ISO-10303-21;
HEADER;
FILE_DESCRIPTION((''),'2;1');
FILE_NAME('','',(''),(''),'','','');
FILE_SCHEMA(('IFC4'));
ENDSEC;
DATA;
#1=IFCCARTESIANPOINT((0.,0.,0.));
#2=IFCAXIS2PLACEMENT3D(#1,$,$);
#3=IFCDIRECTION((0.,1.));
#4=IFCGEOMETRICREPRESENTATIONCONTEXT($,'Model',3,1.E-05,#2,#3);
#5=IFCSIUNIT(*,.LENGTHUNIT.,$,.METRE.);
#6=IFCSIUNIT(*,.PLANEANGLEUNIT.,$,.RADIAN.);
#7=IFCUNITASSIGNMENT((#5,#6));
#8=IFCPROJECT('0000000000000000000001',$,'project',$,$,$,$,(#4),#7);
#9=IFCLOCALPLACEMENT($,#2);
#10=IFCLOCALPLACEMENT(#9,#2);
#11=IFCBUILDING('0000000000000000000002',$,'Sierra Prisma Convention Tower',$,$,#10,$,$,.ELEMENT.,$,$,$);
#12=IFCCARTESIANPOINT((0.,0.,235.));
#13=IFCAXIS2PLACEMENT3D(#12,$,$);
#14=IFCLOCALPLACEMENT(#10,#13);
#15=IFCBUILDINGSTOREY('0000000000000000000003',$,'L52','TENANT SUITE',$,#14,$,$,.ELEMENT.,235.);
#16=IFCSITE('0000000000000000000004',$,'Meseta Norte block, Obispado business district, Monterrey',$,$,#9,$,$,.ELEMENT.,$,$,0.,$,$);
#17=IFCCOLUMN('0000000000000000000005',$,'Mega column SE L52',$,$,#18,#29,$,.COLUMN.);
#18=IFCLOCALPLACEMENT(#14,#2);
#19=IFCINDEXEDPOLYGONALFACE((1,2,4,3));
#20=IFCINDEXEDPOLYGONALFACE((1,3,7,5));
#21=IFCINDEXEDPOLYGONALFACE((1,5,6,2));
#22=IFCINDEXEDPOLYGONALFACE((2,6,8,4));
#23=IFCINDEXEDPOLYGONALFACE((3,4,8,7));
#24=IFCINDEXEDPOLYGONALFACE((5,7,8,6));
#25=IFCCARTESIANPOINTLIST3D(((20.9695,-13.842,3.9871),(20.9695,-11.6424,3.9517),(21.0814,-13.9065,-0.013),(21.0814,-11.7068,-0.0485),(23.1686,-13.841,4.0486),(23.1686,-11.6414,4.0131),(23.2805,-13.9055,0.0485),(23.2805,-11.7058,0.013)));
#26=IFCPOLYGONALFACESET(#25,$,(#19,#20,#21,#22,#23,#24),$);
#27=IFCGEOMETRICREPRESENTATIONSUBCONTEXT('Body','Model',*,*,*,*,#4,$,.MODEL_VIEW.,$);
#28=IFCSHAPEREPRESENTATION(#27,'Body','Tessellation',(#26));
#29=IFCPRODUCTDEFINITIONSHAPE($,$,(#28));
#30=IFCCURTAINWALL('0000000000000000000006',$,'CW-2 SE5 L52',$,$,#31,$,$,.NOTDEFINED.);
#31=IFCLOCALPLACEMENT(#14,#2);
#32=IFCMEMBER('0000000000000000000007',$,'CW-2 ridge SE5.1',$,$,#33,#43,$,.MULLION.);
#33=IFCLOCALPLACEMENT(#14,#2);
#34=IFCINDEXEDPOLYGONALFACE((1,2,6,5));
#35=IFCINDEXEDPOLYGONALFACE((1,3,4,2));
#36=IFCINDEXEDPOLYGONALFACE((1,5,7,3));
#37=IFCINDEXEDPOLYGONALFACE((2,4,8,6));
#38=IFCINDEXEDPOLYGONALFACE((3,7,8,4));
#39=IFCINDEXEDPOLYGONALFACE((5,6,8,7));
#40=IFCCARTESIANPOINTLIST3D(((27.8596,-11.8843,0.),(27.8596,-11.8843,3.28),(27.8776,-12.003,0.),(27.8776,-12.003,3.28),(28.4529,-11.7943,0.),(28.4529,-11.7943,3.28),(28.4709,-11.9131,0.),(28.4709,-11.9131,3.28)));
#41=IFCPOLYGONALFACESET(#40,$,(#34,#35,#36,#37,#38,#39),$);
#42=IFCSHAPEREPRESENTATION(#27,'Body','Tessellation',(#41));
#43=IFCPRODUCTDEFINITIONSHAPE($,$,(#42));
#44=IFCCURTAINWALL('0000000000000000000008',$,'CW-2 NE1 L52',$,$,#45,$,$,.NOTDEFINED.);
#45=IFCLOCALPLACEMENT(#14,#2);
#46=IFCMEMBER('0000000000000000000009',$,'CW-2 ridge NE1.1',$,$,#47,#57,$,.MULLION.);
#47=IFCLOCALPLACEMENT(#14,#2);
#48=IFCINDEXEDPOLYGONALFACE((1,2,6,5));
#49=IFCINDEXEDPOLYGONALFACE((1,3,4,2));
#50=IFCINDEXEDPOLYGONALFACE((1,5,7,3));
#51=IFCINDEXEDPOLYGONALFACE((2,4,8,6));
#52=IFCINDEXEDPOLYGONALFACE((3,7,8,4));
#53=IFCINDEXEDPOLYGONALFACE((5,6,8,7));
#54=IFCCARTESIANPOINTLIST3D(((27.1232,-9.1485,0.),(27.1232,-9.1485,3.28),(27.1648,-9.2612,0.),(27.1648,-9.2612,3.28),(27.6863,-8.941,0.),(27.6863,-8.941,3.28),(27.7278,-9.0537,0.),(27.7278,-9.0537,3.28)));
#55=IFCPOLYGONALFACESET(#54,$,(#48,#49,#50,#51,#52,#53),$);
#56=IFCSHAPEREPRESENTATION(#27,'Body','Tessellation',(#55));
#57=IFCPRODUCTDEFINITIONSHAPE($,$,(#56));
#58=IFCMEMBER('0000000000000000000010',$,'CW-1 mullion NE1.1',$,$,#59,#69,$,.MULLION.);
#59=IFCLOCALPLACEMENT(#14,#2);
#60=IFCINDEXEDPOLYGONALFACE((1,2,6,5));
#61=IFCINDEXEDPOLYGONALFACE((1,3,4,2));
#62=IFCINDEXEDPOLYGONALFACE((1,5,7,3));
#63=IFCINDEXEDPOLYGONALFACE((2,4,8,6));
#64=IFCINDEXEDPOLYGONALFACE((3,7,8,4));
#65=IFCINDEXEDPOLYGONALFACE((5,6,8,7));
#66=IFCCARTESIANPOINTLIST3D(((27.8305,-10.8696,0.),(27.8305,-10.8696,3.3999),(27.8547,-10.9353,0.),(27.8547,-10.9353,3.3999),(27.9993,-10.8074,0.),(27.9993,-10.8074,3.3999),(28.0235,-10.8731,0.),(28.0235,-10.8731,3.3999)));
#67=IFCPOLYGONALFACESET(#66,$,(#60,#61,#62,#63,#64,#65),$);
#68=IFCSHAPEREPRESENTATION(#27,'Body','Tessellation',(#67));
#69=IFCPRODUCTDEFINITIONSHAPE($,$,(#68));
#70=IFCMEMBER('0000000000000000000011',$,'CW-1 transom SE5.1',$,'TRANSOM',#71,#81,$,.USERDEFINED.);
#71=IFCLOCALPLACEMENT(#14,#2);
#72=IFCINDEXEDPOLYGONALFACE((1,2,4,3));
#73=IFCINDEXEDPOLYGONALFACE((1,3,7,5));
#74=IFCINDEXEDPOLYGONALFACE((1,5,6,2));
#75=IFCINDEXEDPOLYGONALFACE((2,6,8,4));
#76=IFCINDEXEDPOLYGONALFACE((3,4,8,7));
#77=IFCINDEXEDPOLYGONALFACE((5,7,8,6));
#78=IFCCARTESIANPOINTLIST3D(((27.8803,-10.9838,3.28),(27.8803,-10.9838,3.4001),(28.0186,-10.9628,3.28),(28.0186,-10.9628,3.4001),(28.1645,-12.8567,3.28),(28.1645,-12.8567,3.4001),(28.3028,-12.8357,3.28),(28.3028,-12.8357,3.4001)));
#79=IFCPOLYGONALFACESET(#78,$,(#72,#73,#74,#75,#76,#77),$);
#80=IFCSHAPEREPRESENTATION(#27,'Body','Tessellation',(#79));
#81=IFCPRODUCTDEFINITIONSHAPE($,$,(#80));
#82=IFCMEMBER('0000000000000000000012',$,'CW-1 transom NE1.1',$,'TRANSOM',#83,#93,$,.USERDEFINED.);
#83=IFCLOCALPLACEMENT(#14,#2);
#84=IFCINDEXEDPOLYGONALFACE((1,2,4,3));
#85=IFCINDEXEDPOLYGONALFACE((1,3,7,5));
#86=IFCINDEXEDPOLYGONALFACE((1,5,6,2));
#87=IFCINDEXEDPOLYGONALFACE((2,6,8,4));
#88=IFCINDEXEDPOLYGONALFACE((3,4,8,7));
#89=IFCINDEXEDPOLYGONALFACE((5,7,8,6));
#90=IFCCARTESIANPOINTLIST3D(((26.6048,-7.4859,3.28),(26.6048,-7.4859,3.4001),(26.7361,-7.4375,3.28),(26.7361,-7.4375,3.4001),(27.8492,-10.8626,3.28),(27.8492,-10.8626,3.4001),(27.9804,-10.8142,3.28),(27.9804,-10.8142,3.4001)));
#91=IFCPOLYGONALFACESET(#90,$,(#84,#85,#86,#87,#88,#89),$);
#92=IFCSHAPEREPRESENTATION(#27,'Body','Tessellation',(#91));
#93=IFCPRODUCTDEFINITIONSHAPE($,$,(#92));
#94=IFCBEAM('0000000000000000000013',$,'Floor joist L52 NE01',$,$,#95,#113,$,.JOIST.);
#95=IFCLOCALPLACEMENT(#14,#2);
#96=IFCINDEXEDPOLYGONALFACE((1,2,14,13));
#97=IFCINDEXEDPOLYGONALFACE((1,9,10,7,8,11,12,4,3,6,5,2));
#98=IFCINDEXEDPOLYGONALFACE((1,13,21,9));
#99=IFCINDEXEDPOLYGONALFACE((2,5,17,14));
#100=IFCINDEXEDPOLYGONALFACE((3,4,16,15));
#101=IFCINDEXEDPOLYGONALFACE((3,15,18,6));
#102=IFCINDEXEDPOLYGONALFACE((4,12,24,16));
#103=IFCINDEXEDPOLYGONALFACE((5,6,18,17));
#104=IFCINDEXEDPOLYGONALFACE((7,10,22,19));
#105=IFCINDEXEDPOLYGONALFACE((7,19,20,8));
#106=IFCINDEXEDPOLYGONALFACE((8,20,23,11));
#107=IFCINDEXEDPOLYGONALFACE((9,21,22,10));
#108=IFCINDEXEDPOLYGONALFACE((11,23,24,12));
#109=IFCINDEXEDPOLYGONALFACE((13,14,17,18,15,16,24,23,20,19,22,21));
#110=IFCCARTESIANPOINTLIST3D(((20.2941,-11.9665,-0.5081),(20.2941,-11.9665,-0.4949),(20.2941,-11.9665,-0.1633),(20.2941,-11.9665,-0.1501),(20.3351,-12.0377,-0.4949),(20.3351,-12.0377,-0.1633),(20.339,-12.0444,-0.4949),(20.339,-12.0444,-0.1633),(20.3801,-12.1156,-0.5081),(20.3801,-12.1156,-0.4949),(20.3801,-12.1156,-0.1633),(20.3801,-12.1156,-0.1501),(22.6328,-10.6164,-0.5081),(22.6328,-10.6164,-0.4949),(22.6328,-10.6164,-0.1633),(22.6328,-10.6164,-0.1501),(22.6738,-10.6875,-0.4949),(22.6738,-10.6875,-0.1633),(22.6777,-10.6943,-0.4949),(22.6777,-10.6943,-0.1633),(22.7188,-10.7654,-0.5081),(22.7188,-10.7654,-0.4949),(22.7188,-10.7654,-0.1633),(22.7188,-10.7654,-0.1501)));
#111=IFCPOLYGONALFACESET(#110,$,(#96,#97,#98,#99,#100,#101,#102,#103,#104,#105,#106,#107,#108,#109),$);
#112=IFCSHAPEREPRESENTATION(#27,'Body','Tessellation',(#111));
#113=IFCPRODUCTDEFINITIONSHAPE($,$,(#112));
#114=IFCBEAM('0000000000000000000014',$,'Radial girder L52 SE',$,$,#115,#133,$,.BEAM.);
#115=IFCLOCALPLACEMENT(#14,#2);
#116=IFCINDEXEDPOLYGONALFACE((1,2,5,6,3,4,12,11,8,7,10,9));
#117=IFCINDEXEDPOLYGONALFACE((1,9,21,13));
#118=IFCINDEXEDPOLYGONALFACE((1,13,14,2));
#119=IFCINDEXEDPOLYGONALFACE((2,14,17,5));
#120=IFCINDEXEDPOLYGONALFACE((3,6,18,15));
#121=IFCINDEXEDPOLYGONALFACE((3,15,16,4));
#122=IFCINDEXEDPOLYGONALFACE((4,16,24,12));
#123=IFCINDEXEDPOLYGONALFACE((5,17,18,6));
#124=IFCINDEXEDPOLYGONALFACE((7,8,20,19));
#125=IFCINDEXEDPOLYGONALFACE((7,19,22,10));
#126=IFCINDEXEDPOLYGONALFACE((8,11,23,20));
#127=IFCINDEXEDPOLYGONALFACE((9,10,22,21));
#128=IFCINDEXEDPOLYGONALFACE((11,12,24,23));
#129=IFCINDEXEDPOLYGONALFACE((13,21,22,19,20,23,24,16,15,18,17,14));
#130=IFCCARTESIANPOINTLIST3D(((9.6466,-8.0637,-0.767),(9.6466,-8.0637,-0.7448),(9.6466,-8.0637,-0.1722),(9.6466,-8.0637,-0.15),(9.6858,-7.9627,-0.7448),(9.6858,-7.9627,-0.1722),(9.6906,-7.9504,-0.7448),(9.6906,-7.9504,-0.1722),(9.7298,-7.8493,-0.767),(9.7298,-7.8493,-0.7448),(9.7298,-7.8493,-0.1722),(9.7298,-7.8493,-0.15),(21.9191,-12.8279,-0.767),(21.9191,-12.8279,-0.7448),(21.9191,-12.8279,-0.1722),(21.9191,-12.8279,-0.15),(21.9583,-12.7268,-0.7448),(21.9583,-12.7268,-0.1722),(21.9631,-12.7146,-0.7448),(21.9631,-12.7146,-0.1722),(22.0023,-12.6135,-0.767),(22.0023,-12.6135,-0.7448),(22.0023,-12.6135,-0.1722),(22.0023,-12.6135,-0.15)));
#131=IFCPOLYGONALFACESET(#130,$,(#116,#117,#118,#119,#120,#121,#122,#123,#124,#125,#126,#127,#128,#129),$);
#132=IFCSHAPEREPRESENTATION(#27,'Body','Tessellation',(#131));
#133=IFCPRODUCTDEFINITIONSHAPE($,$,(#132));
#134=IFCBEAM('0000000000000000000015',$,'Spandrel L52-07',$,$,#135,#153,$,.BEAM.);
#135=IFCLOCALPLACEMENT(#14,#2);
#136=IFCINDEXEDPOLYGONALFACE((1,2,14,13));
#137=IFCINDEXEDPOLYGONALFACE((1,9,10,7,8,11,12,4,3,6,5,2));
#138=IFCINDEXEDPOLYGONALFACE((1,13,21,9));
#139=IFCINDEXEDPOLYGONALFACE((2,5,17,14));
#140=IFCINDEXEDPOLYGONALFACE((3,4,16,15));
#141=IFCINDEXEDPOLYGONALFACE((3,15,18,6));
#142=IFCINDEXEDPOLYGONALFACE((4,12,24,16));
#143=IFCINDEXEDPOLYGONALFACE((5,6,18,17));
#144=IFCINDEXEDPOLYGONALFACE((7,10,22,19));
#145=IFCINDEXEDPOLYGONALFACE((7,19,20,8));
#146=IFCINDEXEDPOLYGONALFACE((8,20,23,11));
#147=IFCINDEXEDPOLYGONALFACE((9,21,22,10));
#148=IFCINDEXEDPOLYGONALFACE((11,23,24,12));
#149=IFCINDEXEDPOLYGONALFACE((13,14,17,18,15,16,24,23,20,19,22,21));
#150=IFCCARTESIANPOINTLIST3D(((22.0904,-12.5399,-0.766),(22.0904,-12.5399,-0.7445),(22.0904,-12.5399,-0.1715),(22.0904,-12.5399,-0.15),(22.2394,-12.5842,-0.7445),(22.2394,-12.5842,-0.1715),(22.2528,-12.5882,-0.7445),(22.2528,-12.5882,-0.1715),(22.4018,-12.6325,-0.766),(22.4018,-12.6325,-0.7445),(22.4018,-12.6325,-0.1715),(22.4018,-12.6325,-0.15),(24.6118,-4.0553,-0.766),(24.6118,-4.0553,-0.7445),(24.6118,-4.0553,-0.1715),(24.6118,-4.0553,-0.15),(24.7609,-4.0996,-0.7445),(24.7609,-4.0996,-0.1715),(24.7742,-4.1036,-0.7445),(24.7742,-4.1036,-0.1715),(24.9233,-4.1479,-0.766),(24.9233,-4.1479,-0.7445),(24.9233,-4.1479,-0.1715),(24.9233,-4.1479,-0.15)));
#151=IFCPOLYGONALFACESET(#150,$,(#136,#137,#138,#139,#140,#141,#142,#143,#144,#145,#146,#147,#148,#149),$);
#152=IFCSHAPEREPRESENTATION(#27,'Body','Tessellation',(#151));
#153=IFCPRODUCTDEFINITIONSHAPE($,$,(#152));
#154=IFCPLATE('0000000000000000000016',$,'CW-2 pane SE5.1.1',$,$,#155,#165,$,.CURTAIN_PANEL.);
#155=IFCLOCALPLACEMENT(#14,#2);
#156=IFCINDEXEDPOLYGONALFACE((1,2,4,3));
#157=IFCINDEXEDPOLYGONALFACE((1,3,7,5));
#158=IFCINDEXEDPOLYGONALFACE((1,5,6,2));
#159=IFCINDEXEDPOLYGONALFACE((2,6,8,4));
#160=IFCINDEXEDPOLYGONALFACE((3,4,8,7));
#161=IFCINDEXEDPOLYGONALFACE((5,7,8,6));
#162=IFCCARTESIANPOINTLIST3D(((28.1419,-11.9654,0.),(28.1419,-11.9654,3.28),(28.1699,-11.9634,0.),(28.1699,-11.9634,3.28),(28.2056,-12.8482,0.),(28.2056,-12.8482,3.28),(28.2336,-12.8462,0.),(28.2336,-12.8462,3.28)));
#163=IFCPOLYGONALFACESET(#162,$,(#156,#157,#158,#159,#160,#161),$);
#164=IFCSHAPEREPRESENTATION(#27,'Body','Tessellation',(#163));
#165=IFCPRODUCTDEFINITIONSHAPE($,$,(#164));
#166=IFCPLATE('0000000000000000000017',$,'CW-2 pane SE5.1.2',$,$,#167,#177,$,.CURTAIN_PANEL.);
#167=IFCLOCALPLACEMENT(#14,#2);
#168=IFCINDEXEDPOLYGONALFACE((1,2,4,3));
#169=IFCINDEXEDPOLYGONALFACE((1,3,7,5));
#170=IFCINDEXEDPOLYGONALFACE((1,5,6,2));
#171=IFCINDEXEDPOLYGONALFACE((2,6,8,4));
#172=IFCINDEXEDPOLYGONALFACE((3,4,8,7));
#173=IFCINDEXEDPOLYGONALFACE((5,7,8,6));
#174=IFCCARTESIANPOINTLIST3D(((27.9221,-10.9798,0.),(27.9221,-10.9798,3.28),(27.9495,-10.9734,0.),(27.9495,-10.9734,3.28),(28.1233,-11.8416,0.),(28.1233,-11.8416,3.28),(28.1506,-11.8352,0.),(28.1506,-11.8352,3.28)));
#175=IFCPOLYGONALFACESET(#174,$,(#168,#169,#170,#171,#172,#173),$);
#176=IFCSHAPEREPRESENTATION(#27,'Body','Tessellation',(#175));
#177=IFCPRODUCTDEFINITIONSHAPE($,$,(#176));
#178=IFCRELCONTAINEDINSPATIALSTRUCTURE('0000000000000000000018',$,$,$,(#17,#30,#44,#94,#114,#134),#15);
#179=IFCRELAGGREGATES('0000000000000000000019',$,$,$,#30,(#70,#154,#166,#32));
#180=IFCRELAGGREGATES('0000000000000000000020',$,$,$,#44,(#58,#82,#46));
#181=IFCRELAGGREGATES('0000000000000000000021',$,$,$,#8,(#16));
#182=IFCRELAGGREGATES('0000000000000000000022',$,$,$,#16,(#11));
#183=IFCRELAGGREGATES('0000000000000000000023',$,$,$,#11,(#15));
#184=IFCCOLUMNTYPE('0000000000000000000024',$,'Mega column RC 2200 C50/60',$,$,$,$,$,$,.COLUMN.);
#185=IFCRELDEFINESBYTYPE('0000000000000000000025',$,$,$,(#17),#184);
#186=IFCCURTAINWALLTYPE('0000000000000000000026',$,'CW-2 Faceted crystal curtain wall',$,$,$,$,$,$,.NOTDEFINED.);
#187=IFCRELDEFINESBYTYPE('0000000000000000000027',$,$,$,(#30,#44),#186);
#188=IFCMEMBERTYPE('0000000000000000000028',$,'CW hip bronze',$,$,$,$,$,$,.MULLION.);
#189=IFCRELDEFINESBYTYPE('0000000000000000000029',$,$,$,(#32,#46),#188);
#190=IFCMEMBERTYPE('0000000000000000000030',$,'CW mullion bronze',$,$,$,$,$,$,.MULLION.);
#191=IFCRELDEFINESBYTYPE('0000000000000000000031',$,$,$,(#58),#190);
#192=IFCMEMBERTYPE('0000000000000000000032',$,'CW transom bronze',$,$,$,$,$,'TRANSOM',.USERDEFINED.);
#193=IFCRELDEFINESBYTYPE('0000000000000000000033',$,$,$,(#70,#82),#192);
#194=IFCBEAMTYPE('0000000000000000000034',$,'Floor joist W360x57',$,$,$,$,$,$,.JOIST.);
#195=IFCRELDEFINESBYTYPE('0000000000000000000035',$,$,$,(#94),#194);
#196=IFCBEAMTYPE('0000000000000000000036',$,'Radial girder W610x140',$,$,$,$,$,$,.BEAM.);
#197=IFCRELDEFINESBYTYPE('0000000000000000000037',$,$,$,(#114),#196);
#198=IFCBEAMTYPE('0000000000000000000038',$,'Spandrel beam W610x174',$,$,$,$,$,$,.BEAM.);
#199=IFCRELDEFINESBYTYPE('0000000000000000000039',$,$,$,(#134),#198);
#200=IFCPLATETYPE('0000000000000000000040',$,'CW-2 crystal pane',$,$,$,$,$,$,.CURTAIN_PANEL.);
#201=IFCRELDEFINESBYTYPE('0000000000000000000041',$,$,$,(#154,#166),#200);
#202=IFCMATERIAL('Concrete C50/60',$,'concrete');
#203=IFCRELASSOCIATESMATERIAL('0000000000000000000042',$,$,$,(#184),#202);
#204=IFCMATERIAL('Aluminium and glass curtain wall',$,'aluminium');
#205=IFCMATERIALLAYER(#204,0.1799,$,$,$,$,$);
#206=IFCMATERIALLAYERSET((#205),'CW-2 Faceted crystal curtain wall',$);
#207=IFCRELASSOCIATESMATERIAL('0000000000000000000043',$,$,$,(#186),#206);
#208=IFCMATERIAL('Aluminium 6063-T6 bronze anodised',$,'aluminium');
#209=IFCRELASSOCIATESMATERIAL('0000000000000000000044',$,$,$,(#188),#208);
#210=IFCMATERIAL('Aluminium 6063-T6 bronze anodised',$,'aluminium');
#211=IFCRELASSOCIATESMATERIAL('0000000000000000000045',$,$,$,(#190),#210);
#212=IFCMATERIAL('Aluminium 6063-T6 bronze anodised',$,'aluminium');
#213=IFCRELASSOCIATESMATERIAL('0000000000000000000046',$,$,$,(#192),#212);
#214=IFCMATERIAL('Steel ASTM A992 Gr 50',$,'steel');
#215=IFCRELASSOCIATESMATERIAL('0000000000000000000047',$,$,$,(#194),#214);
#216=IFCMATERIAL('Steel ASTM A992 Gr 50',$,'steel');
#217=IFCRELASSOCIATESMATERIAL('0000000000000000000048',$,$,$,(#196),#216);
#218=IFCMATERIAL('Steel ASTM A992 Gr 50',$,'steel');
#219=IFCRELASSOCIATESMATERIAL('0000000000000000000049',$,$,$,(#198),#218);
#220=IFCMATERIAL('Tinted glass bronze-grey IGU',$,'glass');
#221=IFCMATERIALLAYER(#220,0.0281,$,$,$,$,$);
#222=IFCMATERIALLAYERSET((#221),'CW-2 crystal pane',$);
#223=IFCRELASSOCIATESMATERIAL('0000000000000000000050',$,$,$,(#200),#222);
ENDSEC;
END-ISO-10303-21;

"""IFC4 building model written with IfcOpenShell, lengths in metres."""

from ifc_helpers import new_model, si_unit, direction, frame, origin, origin_2d, place, context, subcontext, project, spatial, polyline, rectangle, i_section, outline, extrude, material, layer, layer_set, material_profile, profile_set, type_object, element, aggregate, save


model = new_model("IFC4")

# Units and contexts
model_context = context("Model", 3, precision=1e-05, world=origin(), true_north=direction((0.0, 1.0)))
body_context = subcontext(model_context, "Body", "Model", "MODEL_VIEW")
ifc_project = project(units=[si_unit("LENGTHUNIT", "METRE"), si_unit("PLANEANGLEUNIT", "RADIAN")], contexts=[model_context])

# Site, building, storey
site_placement = place(None, origin())
site = spatial("IfcSite", under=ifc_project, at=site_placement, Name="Meseta Norte block, Obispado business district, Monterrey", CompositionType="ELEMENT", RefElevation=0.0)
building_placement = place(site_placement, origin())
building = spatial("IfcBuilding", under=site, at=building_placement, Name="Sierra Prisma Convention Tower", CompositionType="ELEMENT")
storey_placement = place(building_placement, frame((0.0, 0.0, 235.0)))
storey = spatial("IfcBuildingStorey", under=building, at=storey_placement, Name="L52", Description="TENANT SUITE", CompositionType="ELEMENT", Elevation=235.0)

# Column
ifc_material_1 = material(Name="Concrete C50/60", Category="concrete")
ifc_material_profile_1 = material_profile(ifc_material_1, rectangle(XDim=2.2, YDim=2.2, at=origin_2d()), Name="Mega column RC 2200 C50/60")
ifc_profile_set_1 = profile_set([ifc_material_profile_1], Name="Concrete C50/60")
column_type = type_object("IfcColumnType", Name="Mega column RC 2200 C50/60", PredefinedType="COLUMN", material=ifc_profile_set_1)
column_placement = place(storey_placement, frame((22.1809, -12.8062, 0.0), z_axis=(-0.02794, 0.016105, 0.99948), x_axis=(0.99961, 0.00045, 0.027936)))
element("IfcColumn", 1, at=column_placement, inside=storey, type_object=column_type, Name="Mega column SE L52", PredefinedType="COLUMN", context=body_context, shape_type="SweptSolid", body=[
    extrude(rectangle(XDim=2.2, YDim=2.2, at=origin_2d()), origin(), (0.0, 0.0, 1.0), 4.0022),
])

# Curtain wall, member
ifc_material_2 = material(Name="Aluminium and glass curtain wall", Category="aluminium")
ifc_layer_1 = layer(ifc_material_2, 0.1799)
ifc_layer_set_1 = layer_set([ifc_layer_1], Name="CW-2 Faceted crystal curtain wall")
curtain_wall_type = type_object("IfcCurtainWallType", Name="CW-2 Faceted crystal curtain wall", PredefinedType="NOTDEFINED", material=ifc_layer_set_1)
curtain_wall_1_placement = place(storey_placement, origin())
curtain_wall_1 = element("IfcCurtainWall", 2, at=curtain_wall_1_placement, inside=storey, type_object=curtain_wall_type, Name="CW-2 SE5 L52", PredefinedType="NOTDEFINED")
ifc_material_3 = material(Name="Aluminium 6063-T6 bronze anodised", Category="aluminium")
ifc_material_profile_2 = material_profile(ifc_material_3, rectangle(XDim=0.1201, YDim=0.6001, at=origin_2d()), Name="ALU RIDGE BLADE 120x600")
ifc_profile_set_2 = profile_set([ifc_material_profile_2], Name="Aluminium 6063-T6 bronze anodised")
member_type_1 = type_object("IfcMemberType", Name="CW hip bronze", PredefinedType="MULLION", material=ifc_profile_set_2)
member_1_placement = place(storey_placement, frame((28.1653, -11.8987, 0.0), z_axis=(0.0, 0.0, 1.0), x_axis=(-0.149931, 0.988696, 0.0)))
member_1 = element("IfcMember", 3, at=member_1_placement, type_object=member_type_1, Name="CW-2 ridge SE5.1", PredefinedType="MULLION", context=body_context, shape_type="SweptSolid", body=[
    extrude(rectangle(XDim=0.1201, YDim=0.6001, at=origin_2d()), origin(), (0.0, 0.0, 1.0), 3.28),
])

# Curtain wall, members
curtain_wall_2_placement = place(storey_placement, origin())
curtain_wall_2 = element("IfcCurtainWall", 4, at=curtain_wall_2_placement, inside=storey, type_object=curtain_wall_type, Name="CW-2 NE1 L52", PredefinedType="NOTDEFINED")
member_2_placement = place(storey_placement, frame((27.4255, -9.1011, 0.0), z_axis=(0.0, 0.0, 1.0), x_axis=(-0.345826, 0.938299, 0.0)))
member_2 = element("IfcMember", 5, at=member_2_placement, type_object=member_type_1, Name="CW-2 ridge NE1.1", PredefinedType="MULLION", context=body_context, shape_type="SweptSolid", body=[
    extrude(rectangle(XDim=0.1201, YDim=0.6001, at=origin_2d()), origin(), (0.0, 0.0, 1.0), 3.28),
])
ifc_material_4 = material(Name="Aluminium 6063-T6 bronze anodised", Category="aluminium")
ifc_material_profile_3 = material_profile(ifc_material_4, rectangle(XDim=0.1799, YDim=0.0701, at=origin_2d()), Name="ALU MULLION 70x180")
ifc_profile_set_3 = profile_set([ifc_material_profile_3], Name="Aluminium 6063-T6 bronze anodised")
member_type_2 = type_object("IfcMemberType", Name="CW mullion bronze", PredefinedType="MULLION", material=ifc_profile_set_3)
member_3_placement = place(storey_placement, frame((27.927, -10.8713, 0.0), z_axis=(0.0, 0.0, 1.0), x_axis=(-0.938299, -0.345826, 0.0)))
member_3 = element("IfcMember", 6, at=member_3_placement, type_object=member_type_2, Name="CW-1 mullion NE1.1", PredefinedType="MULLION", context=body_context, shape_type="SweptSolid", body=[
    extrude(rectangle(XDim=0.1799, YDim=0.0701, at=origin_2d()), origin(), (0.0, 0.0, 1.0), 3.3999),
])

# Members
ifc_material_5 = material(Name="Aluminium 6063-T6 bronze anodised", Category="aluminium")
ifc_material_profile_4 = material_profile(ifc_material_5, rectangle(XDim=0.1399, YDim=0.1201, at=origin_2d()), Name="ALU TRANSOM 120x140")
ifc_profile_set_4 = profile_set([ifc_material_profile_4], Name="Aluminium 6063-T6 bronze anodised")
member_type_3 = type_object("IfcMemberType", Name="CW transom bronze", ElementType="TRANSOM", PredefinedType="USERDEFINED", material=ifc_profile_set_4)
member_4_placement = place(storey_placement, frame((28.2336, -12.8462, 3.3401), z_axis=(-0.150023, 0.988683, 0.0), x_axis=(-0.988683, -0.150023, 0.0)))
member_4 = element("IfcMember", 7, at=member_4_placement, type_object=member_type_3, Name="CW-1 transom SE5.1", ObjectType="TRANSOM", PredefinedType="USERDEFINED", context=body_context, shape_type="SweptSolid", body=[
    extrude(rectangle(XDim=0.1399, YDim=0.1201, at=origin_2d()), origin(), (0.0, 0.0, 1.0), 1.8943),
])
member_5_placement = place(storey_placement, frame((27.9148, -10.8384, 3.3401), z_axis=(-0.345787, 0.938313, 0.0), x_axis=(-0.938313, -0.345787, 0.0)))
member_5 = element("IfcMember", 8, at=member_5_placement, type_object=member_type_3, Name="CW-1 transom NE1.1", ObjectType="TRANSOM", PredefinedType="USERDEFINED", context=body_context, shape_type="SweptSolid", body=[
    extrude(rectangle(XDim=0.1399, YDim=0.1201, at=origin_2d()), origin(), (0.0, 0.0, 1.0), 3.5986),
])

# Beams
ifc_material_6 = material(Name="Steel ASTM A992 Gr 50", Category="steel")
ifc_material_profile_5 = material_profile(ifc_material_6, i_section(OverallWidth=0.1721, OverallDepth=0.3579, WebThickness=0.0078, FlangeThickness=0.0132, at=origin_2d()), Name="W360x57")
ifc_profile_set_5 = profile_set([ifc_material_profile_5], Name="Steel ASTM A992 Gr 50")
beam_type_1 = type_object("IfcBeamType", Name="Floor joist W360x57", PredefinedType="JOIST", material=ifc_profile_set_5)
beam_1_placement = place(storey_placement, frame((22.6758, -10.6909, -0.3291), z_axis=(-0.866043, -0.49997, 0.0), x_axis=(0.49997, -0.866043, 0.0)))
element("IfcBeam", 9, at=beam_1_placement, inside=storey, type_object=beam_type_1, Name="Floor joist L52 NE01", PredefinedType="JOIST", context=body_context, shape_type="SweptSolid", body=[
    extrude(i_section(OverallWidth=0.1721, OverallDepth=0.3579, WebThickness=0.0078, FlangeThickness=0.0132, at=origin_2d()), origin(), (0.0, 0.0, 1.0), 2.7004),
])
ifc_material_7 = material(Name="Steel ASTM A992 Gr 50", Category="steel")
ifc_material_profile_6 = material_profile(ifc_material_7, i_section(OverallWidth=0.23, OverallDepth=0.6169, WebThickness=0.0132, FlangeThickness=0.0222, at=origin_2d()), Name="W610x140")
ifc_profile_set_6 = profile_set([ifc_material_profile_6], Name="Steel ASTM A992 Gr 50")
beam_type_2 = type_object("IfcBeamType", Name="Radial girder W610x140", PredefinedType="BEAM", material=ifc_profile_set_6)
beam_2_placement = place(storey_placement, frame((21.9607, -12.7207, -0.4585), z_axis=(-0.932222, 0.361888, 0.0), x_axis=(-0.361888, -0.932222, 0.0)))
element("IfcBeam", 10, at=beam_2_placement, inside=storey, type_object=beam_type_2, Name="Radial girder L52 SE", PredefinedType="BEAM", context=body_context, shape_type="SweptSolid", body=[
    extrude(i_section(OverallWidth=0.23, OverallDepth=0.6169, WebThickness=0.0132, FlangeThickness=0.0222, at=origin_2d()), origin(), (0.0, 0.0, 1.0), 13.1648),
])
ifc_material_8 = material(Name="Steel ASTM A992 Gr 50", Category="steel")
ifc_material_profile_7 = material_profile(ifc_material_8, i_section(OverallWidth=0.325, OverallDepth=0.616, WebThickness=0.0139, FlangeThickness=0.0215, at=origin_2d()), Name="W610x174")
ifc_profile_set_7 = profile_set([ifc_material_profile_7], Name="Steel ASTM A992 Gr 50")
beam_type_3 = type_object("IfcBeamType", Name="Spandrel beam W610x174", PredefinedType="BEAM", material=ifc_profile_set_7)
beam_3_placement = place(storey_placement, frame((22.2461, -12.5862, -0.458), z_axis=(0.28487, 0.958566, 0.0), x_axis=(-0.958566, 0.28487, 0.0)))
element("IfcBeam", 11, at=beam_3_placement, inside=storey, type_object=beam_type_3, Name="Spandrel L52-07", PredefinedType="BEAM", context=body_context, shape_type="SweptSolid", body=[
    extrude(i_section(OverallWidth=0.325, OverallDepth=0.616, WebThickness=0.0139, FlangeThickness=0.0215, at=origin_2d()), origin(), (0.0, 0.0, 1.0), 8.8513),
])

# Plates
ifc_material_9 = material(Name="Tinted glass bronze-grey IGU", Category="glass")
ifc_layer_2 = layer(ifc_material_9, 0.0281)
ifc_layer_set_2 = layer_set([ifc_layer_2], Name="CW-2 crystal pane")
plate_type = type_object("IfcPlateType", Name="CW-2 crystal pane", PredefinedType="CURTAIN_PANEL", material=ifc_layer_set_2)
plate_1_placement = place(storey_placement, frame((28.2336, -12.8462, 0.0), z_axis=(0.997405, 0.071992, 0.0), x_axis=(-0.071992, 0.997405, 0.0)))
plate_1 = element("IfcPlate", 12, at=plate_1_placement, type_object=plate_type, Name="CW-2 pane SE5.1.1", PredefinedType="CURTAIN_PANEL", context=body_context, shape_type="SweptSolid", body=[
    extrude(outline(polyline([(0.0, 0.0), (0.8851, 0.0), (0.8851, 3.28), (0.0, 3.28), (0.0, 0.0)])), origin(), (0.0, 0.0, -1.0), 0.0281),
])
plate_2_placement = place(storey_placement, frame((27.9495, -10.9734, 0.0), z_axis=(0.973821, 0.227317, 0.0), x_axis=(0.227317, -0.973821, 0.0)))
plate_2 = element("IfcPlate", 13, at=plate_2_placement, type_object=plate_type, Name="CW-2 pane SE5.1.2", PredefinedType="CURTAIN_PANEL", context=body_context, shape_type="SweptSolid", body=[
    extrude(outline(polyline([(0.0, 0.0), (0.885, 0.0), (0.885, -3.28), (0.0, -3.28), (0.0, 0.0)])), origin(), (0.0, 0.0, -1.0), 0.0281),
])
aggregate(curtain_wall_1, [member_4, plate_1, plate_2, member_1])
aggregate(curtain_wall_2, [member_3, member_5, member_2])

save(model, "model.ifc")
